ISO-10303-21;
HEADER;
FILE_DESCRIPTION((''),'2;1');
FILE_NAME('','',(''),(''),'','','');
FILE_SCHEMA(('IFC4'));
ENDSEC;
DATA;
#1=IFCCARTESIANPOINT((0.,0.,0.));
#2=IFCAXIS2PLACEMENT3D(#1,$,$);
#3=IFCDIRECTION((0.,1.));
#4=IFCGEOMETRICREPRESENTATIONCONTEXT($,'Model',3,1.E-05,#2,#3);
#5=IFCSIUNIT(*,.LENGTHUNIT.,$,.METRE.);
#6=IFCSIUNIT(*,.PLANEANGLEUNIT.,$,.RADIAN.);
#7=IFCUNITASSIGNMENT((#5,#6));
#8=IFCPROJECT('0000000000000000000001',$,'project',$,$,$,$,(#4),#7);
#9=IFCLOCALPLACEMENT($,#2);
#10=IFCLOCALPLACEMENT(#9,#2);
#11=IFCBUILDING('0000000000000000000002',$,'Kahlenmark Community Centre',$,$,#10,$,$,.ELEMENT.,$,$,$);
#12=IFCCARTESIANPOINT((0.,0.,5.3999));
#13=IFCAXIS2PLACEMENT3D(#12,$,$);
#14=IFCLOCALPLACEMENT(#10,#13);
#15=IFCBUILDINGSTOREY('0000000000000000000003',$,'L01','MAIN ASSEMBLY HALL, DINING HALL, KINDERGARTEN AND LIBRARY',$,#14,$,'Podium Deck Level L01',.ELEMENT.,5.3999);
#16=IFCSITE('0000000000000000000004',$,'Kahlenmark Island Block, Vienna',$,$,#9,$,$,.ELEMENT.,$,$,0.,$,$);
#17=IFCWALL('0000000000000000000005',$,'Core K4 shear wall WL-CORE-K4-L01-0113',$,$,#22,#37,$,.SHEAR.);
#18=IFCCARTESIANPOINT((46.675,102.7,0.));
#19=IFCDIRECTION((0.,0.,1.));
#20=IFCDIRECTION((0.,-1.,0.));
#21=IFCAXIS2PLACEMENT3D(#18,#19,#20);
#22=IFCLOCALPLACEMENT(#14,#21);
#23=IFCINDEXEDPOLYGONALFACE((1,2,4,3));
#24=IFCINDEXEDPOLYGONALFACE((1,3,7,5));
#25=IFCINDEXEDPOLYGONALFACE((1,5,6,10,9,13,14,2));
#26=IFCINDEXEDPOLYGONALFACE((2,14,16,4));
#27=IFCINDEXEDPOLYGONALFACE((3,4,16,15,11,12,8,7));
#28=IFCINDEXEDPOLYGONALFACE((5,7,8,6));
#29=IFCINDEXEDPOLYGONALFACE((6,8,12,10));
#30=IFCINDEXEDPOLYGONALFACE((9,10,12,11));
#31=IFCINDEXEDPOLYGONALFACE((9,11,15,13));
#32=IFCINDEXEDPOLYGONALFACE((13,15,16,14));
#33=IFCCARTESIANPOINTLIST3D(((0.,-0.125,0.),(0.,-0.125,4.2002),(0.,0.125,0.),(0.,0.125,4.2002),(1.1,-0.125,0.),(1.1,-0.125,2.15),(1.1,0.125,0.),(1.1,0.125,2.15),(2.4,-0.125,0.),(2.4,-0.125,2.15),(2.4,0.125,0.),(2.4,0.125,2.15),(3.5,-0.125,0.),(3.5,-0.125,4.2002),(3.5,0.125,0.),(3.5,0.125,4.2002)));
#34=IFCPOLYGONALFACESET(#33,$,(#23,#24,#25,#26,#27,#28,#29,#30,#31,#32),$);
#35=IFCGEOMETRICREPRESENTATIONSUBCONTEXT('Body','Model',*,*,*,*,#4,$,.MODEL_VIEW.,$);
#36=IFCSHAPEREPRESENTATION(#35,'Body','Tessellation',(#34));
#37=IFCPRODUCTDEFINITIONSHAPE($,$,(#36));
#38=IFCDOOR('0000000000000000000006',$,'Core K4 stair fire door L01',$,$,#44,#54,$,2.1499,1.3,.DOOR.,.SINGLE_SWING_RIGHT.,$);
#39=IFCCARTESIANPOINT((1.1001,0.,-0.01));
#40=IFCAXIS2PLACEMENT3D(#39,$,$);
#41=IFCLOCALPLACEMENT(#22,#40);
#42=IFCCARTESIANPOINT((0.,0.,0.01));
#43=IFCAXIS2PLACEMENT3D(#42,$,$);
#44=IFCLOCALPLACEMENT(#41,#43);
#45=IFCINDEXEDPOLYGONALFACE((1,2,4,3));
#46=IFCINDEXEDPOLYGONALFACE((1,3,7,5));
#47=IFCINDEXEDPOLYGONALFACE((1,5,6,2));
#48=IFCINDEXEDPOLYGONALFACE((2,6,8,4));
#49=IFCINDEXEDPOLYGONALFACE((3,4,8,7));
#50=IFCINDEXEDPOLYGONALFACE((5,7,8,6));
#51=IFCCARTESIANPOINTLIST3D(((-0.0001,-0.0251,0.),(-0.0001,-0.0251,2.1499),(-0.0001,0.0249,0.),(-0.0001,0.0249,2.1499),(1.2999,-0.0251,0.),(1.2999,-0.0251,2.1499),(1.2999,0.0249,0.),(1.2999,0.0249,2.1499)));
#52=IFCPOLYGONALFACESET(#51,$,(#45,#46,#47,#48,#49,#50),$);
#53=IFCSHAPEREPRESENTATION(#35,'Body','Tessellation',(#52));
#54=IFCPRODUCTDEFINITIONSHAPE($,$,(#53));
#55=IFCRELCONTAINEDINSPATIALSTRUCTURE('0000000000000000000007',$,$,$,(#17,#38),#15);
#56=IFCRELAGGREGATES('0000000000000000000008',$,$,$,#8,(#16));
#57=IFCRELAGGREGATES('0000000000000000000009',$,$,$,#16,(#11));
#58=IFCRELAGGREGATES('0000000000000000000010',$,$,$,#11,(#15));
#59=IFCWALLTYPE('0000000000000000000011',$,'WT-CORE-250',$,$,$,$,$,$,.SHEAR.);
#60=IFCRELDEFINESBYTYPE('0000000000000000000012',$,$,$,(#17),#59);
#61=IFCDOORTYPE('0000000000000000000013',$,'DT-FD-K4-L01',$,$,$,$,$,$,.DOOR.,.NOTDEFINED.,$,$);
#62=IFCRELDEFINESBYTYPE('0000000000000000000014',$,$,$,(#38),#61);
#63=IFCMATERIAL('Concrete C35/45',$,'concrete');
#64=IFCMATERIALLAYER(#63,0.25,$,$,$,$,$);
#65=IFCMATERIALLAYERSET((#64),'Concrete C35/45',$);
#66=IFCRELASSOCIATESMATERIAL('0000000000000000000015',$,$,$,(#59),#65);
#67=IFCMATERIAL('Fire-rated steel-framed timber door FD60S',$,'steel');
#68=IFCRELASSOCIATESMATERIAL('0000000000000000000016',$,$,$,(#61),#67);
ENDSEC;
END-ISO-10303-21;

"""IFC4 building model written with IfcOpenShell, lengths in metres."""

from ifc_helpers import new_model, si_unit, direction, frame, frame_2d, origin, place, context, subcontext, project, spatial, rectangle, extrude, material, layer, layer_set, type_object, element, fill, save


model = new_model("IFC4")

# Units and contexts
model_context = context("Model", 3, precision=1e-05, world=origin(), true_north=direction((0.0, 1.0)))
body_context = subcontext(model_context, "Body", "Model", "MODEL_VIEW")
ifc_project = project(units=[si_unit("LENGTHUNIT", "METRE"), si_unit("PLANEANGLEUNIT", "RADIAN")], contexts=[model_context])

# Site, building, storey
site_placement = place(None, origin())
site = spatial("IfcSite", under=ifc_project, at=site_placement, Name="Kahlenmark Island Block, Vienna", CompositionType="ELEMENT", RefElevation=0.0)
building_placement = place(site_placement, origin())
building = spatial("IfcBuilding", under=site, at=building_placement, Name="Kahlenmark Community Centre", CompositionType="ELEMENT")
storey_placement = place(building_placement, frame((0.0, 0.0, 5.3999)))
storey = spatial("IfcBuildingStorey", under=building, at=storey_placement, Name="L01", Description="MAIN ASSEMBLY HALL, DINING HALL, KINDERGARTEN AND LIBRARY", LongName="Podium Deck Level L01", CompositionType="ELEMENT", Elevation=5.3999)

# Shared definitions
ifc_material_1 = material(Name="Concrete C35/45", Category="concrete")

# Wall, opening, door
ifc_layer_1 = layer(ifc_material_1, 0.25)
ifc_layer_set_1 = layer_set([ifc_layer_1], Name="Concrete C35/45")
wall_type_1 = type_object("IfcWallType", Name="WT-CORE-250", PredefinedType="SHEAR", material=ifc_layer_set_1)
wall_1_placement = place(storey_placement, frame((46.675, 102.7, 0.0), z_axis=(0.0, 0.0, 1.0), x_axis=(0.0, -1.0, 0.0)))
wall_1 = element("IfcWall", 1, at=wall_1_placement, inside=storey, type_object=wall_type_1, Name="Core K4 shear wall WL-CORE-K4-L01-0113", PredefinedType="SHEAR", context=body_context, shape_type="SweptSolid", body=[
    extrude(rectangle(XDim=3.5, YDim=0.25, at=frame_2d((1.75, 0.0))), origin(), (0.0, 0.0, 1.0), 4.2002),
])
opening_1_placement = place(wall_1_placement, frame((1.1001, 0.0, -0.01)))
opening_1 = element("IfcOpeningElement", 2, at=opening_1_placement, cuts=wall_1, PredefinedType="OPENING", context=body_context, shape_type="SweptSolid", body=[
    extrude(rectangle(XDim=1.3, YDim=2.1599, at=frame_2d((0.6499, 1.0801))), frame((0.0, 0.135, 0.0), z_axis=(0.0, -1.0, 0.0), x_axis=(1.0, 0.0, 0.0)), (0.0, 0.0, 1.0), 0.27),
])
ifc_material_2 = material(Name="Fire-rated steel-framed timber door FD60S", Category="steel")
door_type_1 = type_object("IfcDoorType", Name="DT-FD-K4-L01", OperationType="NOTDEFINED", PredefinedType="DOOR", material=ifc_material_2)
door_1_placement = place(opening_1_placement, frame((0.0, 0.0, 0.01)))
door_1 = element("IfcDoor", 3, at=door_1_placement, inside=storey, type_object=door_type_1, Name="Core K4 stair fire door L01", OperationType="SINGLE_SWING_RIGHT", OverallHeight=2.1499, OverallWidth=1.3, PredefinedType="DOOR", context=body_context, shape_type="SweptSolid", body=[
    extrude(rectangle(XDim=1.3, YDim=2.1499, at=frame_2d((0.6499, 1.075))), frame((0.0, 0.0249, 0.0), z_axis=(0.0, -1.0, 0.0), x_axis=(1.0, 0.0, 0.0)), (0.0, 0.0, 1.0), 0.05),
])
fill(opening_1, door_1)

save(model, "model.ifc")
